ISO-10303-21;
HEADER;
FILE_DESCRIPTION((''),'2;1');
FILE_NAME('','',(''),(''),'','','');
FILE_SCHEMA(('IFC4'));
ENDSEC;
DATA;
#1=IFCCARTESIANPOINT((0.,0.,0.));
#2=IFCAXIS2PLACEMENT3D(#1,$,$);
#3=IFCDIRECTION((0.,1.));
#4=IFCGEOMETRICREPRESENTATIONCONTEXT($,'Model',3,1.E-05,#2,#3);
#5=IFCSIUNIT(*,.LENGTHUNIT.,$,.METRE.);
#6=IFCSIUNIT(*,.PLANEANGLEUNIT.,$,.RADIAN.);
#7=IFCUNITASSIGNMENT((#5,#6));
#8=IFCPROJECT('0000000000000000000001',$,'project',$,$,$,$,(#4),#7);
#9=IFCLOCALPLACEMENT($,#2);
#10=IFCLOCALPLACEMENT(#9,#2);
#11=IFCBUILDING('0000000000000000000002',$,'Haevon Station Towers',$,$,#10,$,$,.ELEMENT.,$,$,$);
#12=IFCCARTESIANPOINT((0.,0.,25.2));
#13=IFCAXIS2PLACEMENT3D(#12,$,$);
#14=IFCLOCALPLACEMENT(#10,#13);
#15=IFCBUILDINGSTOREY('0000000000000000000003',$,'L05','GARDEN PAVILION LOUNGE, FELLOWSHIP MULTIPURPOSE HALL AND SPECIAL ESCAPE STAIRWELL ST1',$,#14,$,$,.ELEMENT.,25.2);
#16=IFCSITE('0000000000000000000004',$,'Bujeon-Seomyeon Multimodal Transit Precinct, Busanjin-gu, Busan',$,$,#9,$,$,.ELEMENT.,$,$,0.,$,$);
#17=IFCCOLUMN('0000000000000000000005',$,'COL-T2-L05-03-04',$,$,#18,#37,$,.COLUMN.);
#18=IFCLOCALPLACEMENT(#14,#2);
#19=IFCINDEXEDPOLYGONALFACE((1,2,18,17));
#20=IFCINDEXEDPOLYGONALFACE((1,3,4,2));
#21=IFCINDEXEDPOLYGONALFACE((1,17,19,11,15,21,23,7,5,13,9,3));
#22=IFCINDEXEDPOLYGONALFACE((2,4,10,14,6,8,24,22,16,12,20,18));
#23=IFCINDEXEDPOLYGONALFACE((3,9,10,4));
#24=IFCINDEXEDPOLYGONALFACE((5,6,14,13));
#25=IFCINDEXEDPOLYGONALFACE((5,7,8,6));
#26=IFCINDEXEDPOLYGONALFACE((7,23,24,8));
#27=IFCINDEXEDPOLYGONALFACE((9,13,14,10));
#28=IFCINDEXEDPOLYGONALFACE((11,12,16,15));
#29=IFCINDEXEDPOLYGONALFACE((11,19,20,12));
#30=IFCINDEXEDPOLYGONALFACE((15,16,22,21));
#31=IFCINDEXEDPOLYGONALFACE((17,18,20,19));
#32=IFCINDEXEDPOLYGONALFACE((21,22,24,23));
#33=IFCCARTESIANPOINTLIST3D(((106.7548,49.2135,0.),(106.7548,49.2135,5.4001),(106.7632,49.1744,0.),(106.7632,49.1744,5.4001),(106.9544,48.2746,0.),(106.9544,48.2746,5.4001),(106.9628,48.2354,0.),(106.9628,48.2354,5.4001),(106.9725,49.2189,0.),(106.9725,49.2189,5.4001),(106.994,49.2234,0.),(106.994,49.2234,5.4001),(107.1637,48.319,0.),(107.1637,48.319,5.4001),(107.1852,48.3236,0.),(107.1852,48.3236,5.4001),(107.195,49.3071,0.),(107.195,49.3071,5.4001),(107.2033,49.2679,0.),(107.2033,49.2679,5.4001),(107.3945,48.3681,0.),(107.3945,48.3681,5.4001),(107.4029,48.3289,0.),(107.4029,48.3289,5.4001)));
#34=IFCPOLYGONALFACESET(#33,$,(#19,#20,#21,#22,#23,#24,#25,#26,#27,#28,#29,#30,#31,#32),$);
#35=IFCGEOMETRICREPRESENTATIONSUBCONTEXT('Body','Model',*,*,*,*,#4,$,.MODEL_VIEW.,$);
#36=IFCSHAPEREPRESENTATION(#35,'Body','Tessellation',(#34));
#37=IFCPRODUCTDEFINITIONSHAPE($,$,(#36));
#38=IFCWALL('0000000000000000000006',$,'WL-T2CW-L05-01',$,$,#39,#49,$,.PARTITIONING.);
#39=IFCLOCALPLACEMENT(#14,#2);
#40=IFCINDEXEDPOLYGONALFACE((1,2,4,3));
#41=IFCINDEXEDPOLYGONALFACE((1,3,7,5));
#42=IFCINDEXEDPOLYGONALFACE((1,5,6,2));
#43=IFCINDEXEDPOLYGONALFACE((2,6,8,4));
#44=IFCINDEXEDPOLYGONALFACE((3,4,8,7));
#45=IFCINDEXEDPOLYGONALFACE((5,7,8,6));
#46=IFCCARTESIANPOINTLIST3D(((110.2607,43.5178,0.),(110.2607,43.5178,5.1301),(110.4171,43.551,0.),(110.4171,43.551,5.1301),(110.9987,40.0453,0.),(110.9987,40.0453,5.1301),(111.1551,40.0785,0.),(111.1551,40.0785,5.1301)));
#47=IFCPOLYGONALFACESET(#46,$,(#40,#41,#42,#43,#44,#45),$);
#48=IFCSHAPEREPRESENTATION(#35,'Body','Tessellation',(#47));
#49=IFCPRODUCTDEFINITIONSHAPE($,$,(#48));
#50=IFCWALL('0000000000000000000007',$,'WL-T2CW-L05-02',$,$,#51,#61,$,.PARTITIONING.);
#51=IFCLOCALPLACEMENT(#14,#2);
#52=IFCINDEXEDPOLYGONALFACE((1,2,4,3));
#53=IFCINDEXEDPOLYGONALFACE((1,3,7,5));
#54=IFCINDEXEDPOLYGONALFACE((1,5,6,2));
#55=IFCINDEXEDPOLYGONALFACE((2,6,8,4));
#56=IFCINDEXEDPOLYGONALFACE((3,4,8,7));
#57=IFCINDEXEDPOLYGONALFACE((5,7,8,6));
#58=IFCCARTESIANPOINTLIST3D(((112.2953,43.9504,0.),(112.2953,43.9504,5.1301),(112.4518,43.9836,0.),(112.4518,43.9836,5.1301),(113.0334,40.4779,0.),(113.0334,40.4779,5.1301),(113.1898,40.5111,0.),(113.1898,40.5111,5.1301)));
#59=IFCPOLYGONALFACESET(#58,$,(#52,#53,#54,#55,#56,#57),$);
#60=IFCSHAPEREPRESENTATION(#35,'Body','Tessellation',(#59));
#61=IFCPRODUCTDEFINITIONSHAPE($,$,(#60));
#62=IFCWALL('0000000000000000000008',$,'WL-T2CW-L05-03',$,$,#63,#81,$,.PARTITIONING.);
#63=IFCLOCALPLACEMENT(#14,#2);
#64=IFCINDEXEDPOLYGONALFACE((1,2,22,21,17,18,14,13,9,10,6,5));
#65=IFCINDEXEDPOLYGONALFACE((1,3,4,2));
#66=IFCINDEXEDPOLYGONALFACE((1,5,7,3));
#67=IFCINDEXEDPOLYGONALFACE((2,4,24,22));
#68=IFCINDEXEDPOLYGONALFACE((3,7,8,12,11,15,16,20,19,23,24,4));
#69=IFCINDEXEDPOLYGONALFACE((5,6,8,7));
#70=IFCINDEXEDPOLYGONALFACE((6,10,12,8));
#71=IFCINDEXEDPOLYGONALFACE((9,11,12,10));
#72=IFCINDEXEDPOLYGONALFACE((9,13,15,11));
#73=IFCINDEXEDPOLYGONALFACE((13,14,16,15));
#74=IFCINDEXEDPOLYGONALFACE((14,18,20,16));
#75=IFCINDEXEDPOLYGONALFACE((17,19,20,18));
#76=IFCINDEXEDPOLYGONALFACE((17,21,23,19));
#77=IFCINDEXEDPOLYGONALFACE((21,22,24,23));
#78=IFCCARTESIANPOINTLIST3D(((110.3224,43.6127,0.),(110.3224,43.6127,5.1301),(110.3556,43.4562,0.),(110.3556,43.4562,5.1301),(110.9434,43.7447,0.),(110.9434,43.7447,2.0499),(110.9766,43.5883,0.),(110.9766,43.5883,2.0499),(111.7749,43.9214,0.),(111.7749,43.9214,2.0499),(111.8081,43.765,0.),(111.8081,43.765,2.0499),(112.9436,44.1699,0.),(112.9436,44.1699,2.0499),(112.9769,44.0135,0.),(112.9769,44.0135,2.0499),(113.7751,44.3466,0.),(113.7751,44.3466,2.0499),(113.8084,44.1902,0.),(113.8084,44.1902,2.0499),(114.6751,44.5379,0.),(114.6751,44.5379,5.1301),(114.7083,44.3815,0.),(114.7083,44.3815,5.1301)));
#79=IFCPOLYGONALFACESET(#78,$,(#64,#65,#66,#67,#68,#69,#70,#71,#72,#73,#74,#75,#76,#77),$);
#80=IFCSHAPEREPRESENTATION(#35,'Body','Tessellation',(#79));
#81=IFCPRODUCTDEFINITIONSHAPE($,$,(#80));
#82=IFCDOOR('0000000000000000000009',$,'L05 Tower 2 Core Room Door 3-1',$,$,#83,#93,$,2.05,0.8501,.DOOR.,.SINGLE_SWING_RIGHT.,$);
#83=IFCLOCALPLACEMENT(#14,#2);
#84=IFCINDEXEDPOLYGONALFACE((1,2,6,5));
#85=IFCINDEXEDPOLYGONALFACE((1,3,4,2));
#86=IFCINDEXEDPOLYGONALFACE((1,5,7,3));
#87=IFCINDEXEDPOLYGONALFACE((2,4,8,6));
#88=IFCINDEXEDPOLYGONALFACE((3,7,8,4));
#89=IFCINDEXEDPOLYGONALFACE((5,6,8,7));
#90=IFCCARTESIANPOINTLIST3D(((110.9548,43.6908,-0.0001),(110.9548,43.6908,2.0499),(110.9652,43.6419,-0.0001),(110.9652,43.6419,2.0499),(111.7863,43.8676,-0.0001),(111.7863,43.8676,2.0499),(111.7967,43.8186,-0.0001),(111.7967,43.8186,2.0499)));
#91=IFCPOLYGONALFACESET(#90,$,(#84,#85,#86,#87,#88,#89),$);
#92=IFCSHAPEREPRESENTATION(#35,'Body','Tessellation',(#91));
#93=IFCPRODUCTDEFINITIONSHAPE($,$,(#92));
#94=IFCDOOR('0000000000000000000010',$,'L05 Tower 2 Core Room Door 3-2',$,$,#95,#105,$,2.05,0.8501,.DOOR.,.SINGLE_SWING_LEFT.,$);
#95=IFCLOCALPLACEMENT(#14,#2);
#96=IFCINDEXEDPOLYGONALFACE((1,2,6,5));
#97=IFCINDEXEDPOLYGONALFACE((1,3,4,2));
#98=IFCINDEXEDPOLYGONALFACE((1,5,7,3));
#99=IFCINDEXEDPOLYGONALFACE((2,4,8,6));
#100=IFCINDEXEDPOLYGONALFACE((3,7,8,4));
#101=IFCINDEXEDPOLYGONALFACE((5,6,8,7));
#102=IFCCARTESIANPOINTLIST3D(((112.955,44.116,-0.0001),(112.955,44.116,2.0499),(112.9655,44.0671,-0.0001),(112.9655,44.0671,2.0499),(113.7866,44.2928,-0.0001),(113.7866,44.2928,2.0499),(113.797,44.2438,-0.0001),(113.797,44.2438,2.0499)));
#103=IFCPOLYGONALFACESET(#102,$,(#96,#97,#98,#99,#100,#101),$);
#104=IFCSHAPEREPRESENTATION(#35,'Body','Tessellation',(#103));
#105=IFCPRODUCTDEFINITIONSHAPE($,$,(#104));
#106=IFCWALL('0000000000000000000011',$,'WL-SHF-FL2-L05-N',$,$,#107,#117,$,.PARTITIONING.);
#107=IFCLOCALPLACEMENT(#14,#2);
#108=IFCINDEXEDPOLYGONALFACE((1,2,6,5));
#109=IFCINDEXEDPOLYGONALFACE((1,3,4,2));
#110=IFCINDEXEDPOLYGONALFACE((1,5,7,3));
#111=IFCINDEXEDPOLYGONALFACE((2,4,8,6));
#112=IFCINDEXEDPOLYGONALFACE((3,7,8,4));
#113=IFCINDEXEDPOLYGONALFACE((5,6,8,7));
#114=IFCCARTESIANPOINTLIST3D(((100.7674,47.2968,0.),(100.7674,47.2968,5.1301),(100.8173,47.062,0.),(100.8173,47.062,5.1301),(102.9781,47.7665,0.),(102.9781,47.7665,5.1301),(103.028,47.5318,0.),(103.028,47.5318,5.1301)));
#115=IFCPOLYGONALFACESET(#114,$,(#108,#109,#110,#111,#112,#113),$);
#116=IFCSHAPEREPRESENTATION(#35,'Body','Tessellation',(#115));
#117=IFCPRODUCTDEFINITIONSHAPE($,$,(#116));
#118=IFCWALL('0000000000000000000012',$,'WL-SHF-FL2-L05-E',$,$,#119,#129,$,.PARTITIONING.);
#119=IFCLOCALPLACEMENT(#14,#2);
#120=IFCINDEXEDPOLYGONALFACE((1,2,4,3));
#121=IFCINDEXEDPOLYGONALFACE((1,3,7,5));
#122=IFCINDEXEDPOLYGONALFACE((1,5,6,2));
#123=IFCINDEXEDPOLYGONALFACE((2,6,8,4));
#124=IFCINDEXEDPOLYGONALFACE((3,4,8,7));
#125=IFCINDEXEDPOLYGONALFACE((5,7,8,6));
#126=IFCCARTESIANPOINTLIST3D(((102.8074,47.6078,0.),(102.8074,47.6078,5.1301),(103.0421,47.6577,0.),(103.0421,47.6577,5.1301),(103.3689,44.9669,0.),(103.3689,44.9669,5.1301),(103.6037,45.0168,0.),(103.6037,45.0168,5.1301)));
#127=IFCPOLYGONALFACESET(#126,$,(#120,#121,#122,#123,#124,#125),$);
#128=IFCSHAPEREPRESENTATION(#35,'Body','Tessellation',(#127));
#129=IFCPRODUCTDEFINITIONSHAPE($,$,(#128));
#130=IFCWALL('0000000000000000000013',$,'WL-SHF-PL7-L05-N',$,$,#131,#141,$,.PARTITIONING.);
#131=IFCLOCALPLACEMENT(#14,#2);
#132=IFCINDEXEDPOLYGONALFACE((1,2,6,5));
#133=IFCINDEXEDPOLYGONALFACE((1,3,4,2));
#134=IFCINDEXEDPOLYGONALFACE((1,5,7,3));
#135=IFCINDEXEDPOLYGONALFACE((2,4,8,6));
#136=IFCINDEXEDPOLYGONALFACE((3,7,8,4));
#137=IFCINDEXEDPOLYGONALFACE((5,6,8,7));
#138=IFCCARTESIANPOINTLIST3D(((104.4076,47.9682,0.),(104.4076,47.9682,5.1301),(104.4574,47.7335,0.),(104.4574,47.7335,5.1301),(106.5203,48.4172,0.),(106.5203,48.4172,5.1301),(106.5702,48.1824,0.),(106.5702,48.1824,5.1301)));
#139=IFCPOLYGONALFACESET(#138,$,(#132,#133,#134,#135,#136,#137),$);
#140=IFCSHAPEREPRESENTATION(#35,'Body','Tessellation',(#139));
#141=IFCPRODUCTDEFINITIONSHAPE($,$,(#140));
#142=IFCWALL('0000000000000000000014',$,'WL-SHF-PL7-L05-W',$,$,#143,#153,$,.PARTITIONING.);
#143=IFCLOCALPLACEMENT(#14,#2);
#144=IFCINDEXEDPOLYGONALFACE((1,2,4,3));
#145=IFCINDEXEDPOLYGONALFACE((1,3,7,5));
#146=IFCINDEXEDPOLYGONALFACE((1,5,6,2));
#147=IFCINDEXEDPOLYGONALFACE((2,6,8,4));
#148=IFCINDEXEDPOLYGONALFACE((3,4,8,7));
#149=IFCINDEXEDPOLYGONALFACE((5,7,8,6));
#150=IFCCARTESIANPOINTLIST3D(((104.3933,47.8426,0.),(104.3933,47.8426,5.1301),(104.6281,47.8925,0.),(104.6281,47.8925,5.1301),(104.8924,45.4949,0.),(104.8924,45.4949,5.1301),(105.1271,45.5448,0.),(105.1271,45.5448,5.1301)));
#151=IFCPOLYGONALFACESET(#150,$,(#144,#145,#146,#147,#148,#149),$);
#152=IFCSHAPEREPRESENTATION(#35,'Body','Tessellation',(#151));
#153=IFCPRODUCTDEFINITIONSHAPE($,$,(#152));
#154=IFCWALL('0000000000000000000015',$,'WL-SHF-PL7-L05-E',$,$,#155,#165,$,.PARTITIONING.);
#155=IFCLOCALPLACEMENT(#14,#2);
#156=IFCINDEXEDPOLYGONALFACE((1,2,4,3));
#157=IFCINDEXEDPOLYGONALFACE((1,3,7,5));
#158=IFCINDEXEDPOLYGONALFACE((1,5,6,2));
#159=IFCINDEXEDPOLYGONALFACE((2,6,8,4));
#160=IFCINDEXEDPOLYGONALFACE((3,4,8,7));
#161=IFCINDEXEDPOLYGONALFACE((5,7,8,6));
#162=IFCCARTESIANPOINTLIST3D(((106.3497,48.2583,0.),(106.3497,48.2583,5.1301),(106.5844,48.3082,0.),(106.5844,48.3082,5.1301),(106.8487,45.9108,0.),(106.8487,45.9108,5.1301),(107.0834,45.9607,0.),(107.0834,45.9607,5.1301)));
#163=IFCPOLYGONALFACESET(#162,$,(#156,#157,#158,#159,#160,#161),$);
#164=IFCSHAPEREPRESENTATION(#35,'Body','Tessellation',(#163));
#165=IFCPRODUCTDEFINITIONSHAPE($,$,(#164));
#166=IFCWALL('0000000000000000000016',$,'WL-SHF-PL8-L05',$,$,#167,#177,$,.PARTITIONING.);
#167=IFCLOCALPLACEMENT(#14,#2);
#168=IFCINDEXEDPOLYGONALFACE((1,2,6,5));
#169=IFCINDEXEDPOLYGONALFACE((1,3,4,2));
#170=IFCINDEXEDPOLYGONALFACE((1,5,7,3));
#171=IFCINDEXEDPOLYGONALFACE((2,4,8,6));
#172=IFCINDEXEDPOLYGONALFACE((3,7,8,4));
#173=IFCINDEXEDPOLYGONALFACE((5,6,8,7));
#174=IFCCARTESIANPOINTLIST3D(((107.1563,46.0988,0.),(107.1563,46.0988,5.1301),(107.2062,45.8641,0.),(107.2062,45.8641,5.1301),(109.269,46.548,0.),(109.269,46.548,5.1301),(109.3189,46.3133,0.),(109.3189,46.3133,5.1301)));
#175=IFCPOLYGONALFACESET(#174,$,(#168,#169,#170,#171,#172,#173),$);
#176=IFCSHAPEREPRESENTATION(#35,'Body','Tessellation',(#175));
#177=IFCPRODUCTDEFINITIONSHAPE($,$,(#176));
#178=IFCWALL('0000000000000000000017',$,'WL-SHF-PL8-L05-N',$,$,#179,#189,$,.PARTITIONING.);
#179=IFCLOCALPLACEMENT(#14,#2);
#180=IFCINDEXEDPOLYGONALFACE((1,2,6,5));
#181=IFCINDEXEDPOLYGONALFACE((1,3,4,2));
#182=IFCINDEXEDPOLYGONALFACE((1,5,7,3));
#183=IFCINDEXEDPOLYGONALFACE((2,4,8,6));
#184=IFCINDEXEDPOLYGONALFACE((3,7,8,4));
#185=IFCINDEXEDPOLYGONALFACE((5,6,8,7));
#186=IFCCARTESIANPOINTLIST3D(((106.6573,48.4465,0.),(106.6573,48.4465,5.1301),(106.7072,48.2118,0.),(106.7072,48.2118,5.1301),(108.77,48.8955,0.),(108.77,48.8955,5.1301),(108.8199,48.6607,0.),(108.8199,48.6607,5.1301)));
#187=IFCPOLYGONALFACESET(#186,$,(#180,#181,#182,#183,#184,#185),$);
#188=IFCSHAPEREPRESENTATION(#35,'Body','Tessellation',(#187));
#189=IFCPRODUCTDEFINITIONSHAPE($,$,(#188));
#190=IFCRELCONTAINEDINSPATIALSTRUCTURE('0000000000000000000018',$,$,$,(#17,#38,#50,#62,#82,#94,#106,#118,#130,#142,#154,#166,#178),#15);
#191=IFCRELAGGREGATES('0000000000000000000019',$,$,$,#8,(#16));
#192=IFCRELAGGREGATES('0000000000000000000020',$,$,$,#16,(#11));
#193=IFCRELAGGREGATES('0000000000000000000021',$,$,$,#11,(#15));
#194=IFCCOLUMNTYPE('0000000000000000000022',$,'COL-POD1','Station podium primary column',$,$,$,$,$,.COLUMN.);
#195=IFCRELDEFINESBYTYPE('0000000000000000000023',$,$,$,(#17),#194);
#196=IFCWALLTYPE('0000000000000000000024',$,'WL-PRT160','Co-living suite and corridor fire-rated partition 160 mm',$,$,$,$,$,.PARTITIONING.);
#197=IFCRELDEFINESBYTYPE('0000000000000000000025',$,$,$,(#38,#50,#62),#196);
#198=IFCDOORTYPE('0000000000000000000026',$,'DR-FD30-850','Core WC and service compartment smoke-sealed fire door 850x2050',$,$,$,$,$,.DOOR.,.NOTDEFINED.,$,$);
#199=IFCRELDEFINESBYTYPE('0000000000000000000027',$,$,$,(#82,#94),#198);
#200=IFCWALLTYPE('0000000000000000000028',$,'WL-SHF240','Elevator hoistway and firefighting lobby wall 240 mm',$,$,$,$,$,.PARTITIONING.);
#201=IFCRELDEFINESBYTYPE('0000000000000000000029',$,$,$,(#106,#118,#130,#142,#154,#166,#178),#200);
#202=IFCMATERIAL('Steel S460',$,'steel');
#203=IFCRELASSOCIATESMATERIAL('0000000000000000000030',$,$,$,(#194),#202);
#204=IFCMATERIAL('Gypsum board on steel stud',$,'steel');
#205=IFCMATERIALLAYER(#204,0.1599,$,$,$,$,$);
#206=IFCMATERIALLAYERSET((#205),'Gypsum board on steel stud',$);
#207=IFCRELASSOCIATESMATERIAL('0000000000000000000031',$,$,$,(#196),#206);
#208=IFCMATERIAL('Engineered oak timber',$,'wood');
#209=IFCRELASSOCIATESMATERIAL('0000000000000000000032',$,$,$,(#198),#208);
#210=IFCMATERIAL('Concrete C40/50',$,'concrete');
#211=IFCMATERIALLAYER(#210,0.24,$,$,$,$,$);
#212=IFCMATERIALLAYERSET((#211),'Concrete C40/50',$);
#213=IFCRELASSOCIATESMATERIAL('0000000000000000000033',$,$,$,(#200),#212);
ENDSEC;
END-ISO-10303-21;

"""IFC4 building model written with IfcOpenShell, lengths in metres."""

from ifc_helpers import new_model, si_unit, direction, frame, frame_2d, origin, origin_2d, place, context, subcontext, project, spatial, rectangle, i_section, extrude, material, layer, layer_set, material_profile, profile_set, type_object, element, fill, save


model = new_model("IFC4")

# Units and contexts
model_context = context("Model", 3, precision=1e-05, world=origin(), true_north=direction((0.0, 1.0)))
body_context = subcontext(model_context, "Body", "Model", "MODEL_VIEW")
ifc_project = project(units=[si_unit("LENGTHUNIT", "METRE"), si_unit("PLANEANGLEUNIT", "RADIAN")], contexts=[model_context])

# Site, building, storey
site_placement = place(None, origin())
site = spatial("IfcSite", under=ifc_project, at=site_placement, Name="Bujeon-Seomyeon Multimodal Transit Precinct, Busanjin-gu, Busan", CompositionType="ELEMENT", RefElevation=0.0)
building_placement = place(site_placement, origin())
building = spatial("IfcBuilding", under=site, at=building_placement, Name="Haevon Station Towers", CompositionType="ELEMENT")
storey_placement = place(building_placement, frame((0.0, 0.0, 25.2)))
storey = spatial("IfcBuildingStorey", under=building, at=storey_placement, Name="L05", Description="GARDEN PAVILION LOUNGE, FELLOWSHIP MULTIPURPOSE HALL AND SPECIAL ESCAPE STAIRWELL ST1", CompositionType="ELEMENT", Elevation=25.2)

# Column
ifc_material_1 = material(Name="Steel S460", Category="steel")
ifc_material_profile = material_profile(ifc_material_1, i_section(OverallWidth=0.45, OverallDepth=1.0, WebThickness=0.022, FlangeThickness=0.04, at=origin_2d()), Name="H-1000x450x22x40")
ifc_profile_set = profile_set([ifc_material_profile], Name="Steel S460")
column_type = type_object("IfcColumnType", Name="COL-POD1", Description="Station podium primary column", PredefinedType="COLUMN", material=ifc_profile_set)
column_placement = place(storey_placement, frame((107.0789, 48.7712, 0.0), z_axis=(0.0, 0.0, 1.0), x_axis=(0.978148, 0.207912, 0.0)))
element("IfcColumn", 1, at=column_placement, inside=storey, type_object=column_type, Name="COL-T2-L05-03-04", PredefinedType="COLUMN", context=body_context, shape_type="SweptSolid", body=[
    extrude(i_section(OverallWidth=0.45, OverallDepth=1.0, WebThickness=0.022, FlangeThickness=0.04, at=origin_2d()), origin(), (0.0, 0.0, 1.0), 5.4001),
])

# Walls
ifc_material_2 = material(Name="Gypsum board on steel stud", Category="steel")
ifc_layer_1 = layer(ifc_material_2, 0.1599)
ifc_layer_set_1 = layer_set([ifc_layer_1], Name="Gypsum board on steel stud")
wall_type_1 = type_object("IfcWallType", Name="WL-PRT160", Description="Co-living suite and corridor fire-rated partition 160 mm", PredefinedType="PARTITIONING", material=ifc_layer_set_1)
for number, where, z_axis, x_axis, name in (
    (2, (111.0769, 40.062, 0.0), (0.0, 0.0, 1.0), (-0.207899, 0.97815, 0.0), "WL-T2CW-L05-01"),
    (3, (113.1116, 40.4946, 0.0), (0.0, 0.0, 1.0), (-0.207899, 0.97815, 0.0), "WL-T2CW-L05-02"),
):
    element("IfcWall", number, at=place(storey_placement, frame(where, z_axis=z_axis, x_axis=x_axis)), inside=storey, type_object=wall_type_1, Name=name, PredefinedType="PARTITIONING", context=body_context, shape_type="SweptSolid", body=[
        extrude(rectangle(XDim=3.55, YDim=0.1599, at=frame_2d((1.7749, 0.0))), origin(), (0.0, 0.0, 1.0), 5.1301),
    ])

# Wall, openings, doors
wall_1_placement = place(storey_placement, frame((110.3389, 43.5344, 0.0), z_axis=(0.0, 0.0, 1.0), x_axis=(0.978144, 0.207929, 0.0)))
wall_1 = element("IfcWall", 4, at=wall_1_placement, inside=storey, type_object=wall_type_1, Name="WL-T2CW-L05-03", PredefinedType="PARTITIONING", context=body_context, shape_type="SweptSolid", body=[
    extrude(rectangle(XDim=4.45, YDim=0.1599, at=frame_2d((2.2251, 0.0))), origin(), (0.0, 0.0, 1.0), 5.1301),
])
opening_1_placement = place(wall_1_placement, frame((0.635, 0.0, 0.0)))
opening_1 = element("IfcOpeningElement", 5, at=opening_1_placement, cuts=wall_1, PredefinedType="OPENING", context=body_context, shape_type="SweptSolid", body=[
    extrude(rectangle(XDim=0.8501, YDim=2.05, at=frame_2d((0.425, 1.0249))), frame((0.0, 0.0898, 0.0), z_axis=(0.0, -1.0, 0.0), x_axis=(1.0, 0.0, 0.0)), (0.0, 0.0, 1.0), 0.1799),
])
opening_2_placement = place(wall_1_placement, frame((2.6799, 0.0, 0.0)))
opening_2 = element("IfcOpeningElement", 6, at=opening_2_placement, cuts=wall_1, PredefinedType="OPENING", context=body_context, shape_type="SweptSolid", body=[
    extrude(rectangle(XDim=0.8501, YDim=2.05, at=frame_2d((0.425, 1.0249))), frame((0.0, 0.0898, 0.0), z_axis=(0.0, -1.0, 0.0), x_axis=(1.0, 0.0, 0.0)), (0.0, 0.0, 1.0), 0.1799),
])
ifc_material_3 = material(Name="Engineered oak timber", Category="wood")
door_type_1 = type_object("IfcDoorType", Name="DR-FD30-850", Description="Core WC and service compartment smoke-sealed fire door 850x2050", OperationType="NOTDEFINED", PredefinedType="DOOR", material=ifc_material_3)
door_1_placement = place(opening_1_placement, origin())
door_1 = element("IfcDoor", 7, at=door_1_placement, inside=storey, type_object=door_type_1, Name="L05 Tower 2 Core Room Door 3-1", OperationType="SINGLE_SWING_RIGHT", OverallHeight=2.05, OverallWidth=0.8501, PredefinedType="DOOR", context=body_context, shape_type="SweptSolid", body=[
    extrude(rectangle(XDim=0.8501, YDim=2.05, at=frame_2d((0.425, 1.0249))), frame((0.0, 0.0249, 0.0), z_axis=(0.0, -1.0, 0.0), x_axis=(1.0, 0.0, 0.0)), (0.0, 0.0, 1.0), 0.05),
])
fill(opening_1, door_1)
door_2_placement = place(opening_2_placement, origin())
door_2 = element("IfcDoor", 8, at=door_2_placement, inside=storey, type_object=door_type_1, Name="L05 Tower 2 Core Room Door 3-2", OperationType="SINGLE_SWING_LEFT", OverallHeight=2.05, OverallWidth=0.8501, PredefinedType="DOOR", context=body_context, shape_type="SweptSolid", body=[
    extrude(rectangle(XDim=0.8501, YDim=2.05, at=frame_2d((0.425, 1.0249))), frame((0.0, 0.0249, 0.0), z_axis=(0.0, -1.0, 0.0), x_axis=(1.0, 0.0, 0.0)), (0.0, 0.0, 1.0), 0.05),
])
fill(opening_2, door_2)

# Shared definitions
ifc_material_4 = material(Name="Concrete C40/50", Category="concrete")
ifc_layer_2 = layer(ifc_material_4, 0.24)
ifc_layer_set_2 = layer_set([ifc_layer_2], Name="Concrete C40/50")
wall_type_2 = type_object("IfcWallType", Name="WL-SHF240", Description="Elevator hoistway and firefighting lobby wall 240 mm", PredefinedType="PARTITIONING", material=ifc_layer_set_2)

# Walls
wall_2_placement = place(storey_placement, frame((100.7925, 47.1794, 0.0), z_axis=(0.0, 0.0, 1.0), x_axis=(0.978163, 0.207839, 0.0)))
element("IfcWall", 9, at=wall_2_placement, inside=storey, type_object=wall_type_2, Name="WL-SHF-FL2-L05-N", PredefinedType="PARTITIONING", context=body_context, shape_type="SweptSolid", body=[
    extrude(rectangle(XDim=2.26, YDim=0.24, at=frame_2d((1.1299, 0.0))), origin(), (0.0, 0.0, 1.0), 5.1301),
])
wall_3_placement = place(storey_placement, frame((103.4863, 44.9917, 0.0), z_axis=(0.0, 0.0, 1.0), x_axis=(-0.207979, 0.978133, 0.0)))
element("IfcWall", 10, at=wall_3_placement, inside=storey, type_object=wall_type_2, Name="WL-SHF-FL2-L05-E", PredefinedType="PARTITIONING", context=body_context, shape_type="SweptSolid", body=[
    extrude(rectangle(XDim=2.7, YDim=0.24, at=frame_2d((1.3501, 0.0))), origin(), (0.0, 0.0, 1.0), 5.1301),
])

# Walls
wall_4_placement = place(storey_placement, frame((104.4324, 47.8508, 0.0), z_axis=(0.0, 0.0, 1.0), x_axis=(0.978158, 0.207861, 0.0)))
element("IfcWall", 11, at=wall_4_placement, inside=storey, type_object=wall_type_2, Name="WL-SHF-PL7-L05-N", PredefinedType="PARTITIONING", context=body_context, shape_type="SweptSolid", body=[
    extrude(rectangle(XDim=2.1599, YDim=0.24, at=frame_2d((1.0801, 0.0))), origin(), (0.0, 0.0, 1.0), 5.1301),
])
wall_5_placement = place(storey_placement, frame((105.0098, 45.5198, 0.0), z_axis=(0.0, 0.0, 1.0), x_axis=(-0.207917, 0.978146, 0.0)))
element("IfcWall", 12, at=wall_5_placement, inside=storey, type_object=wall_type_2, Name="WL-SHF-PL7-L05-W", PredefinedType="PARTITIONING", context=body_context, shape_type="SweptSolid", body=[
    extrude(rectangle(XDim=2.4001, YDim=0.24, at=frame_2d((1.2002, 0.0))), origin(), (0.0, 0.0, 1.0), 5.1301),
])
wall_6_placement = place(storey_placement, frame((106.9661, 45.9358, 0.0), z_axis=(0.0, 0.0, 1.0), x_axis=(-0.207938, 0.978142, 0.0)))
element("IfcWall", 13, at=wall_6_placement, inside=storey, type_object=wall_type_2, Name="WL-SHF-PL7-L05-E", PredefinedType="PARTITIONING", context=body_context, shape_type="SweptSolid", body=[
    extrude(rectangle(XDim=2.3999, YDim=0.24, at=frame_2d((1.2, 0.0))), origin(), (0.0, 0.0, 1.0), 5.1301),
])
for number, where, z_axis, x_axis, name in (
    (14, (107.1812, 45.9814, 0.0), (0.0, 0.0, 1.0), (0.978135, 0.20797, 0.0), "WL-SHF-PL8-L05"),
    (15, (106.6821, 48.3291, 0.0), (0.0, 0.0, 1.0), (0.978158, 0.207861, 0.0), "WL-SHF-PL8-L05-N"),
):
    element("IfcWall", number, at=place(storey_placement, frame(where, z_axis=z_axis, x_axis=x_axis)), inside=storey, type_object=wall_type_2, Name=name, PredefinedType="PARTITIONING", context=body_context, shape_type="SweptSolid", body=[
        extrude(rectangle(XDim=2.1599, YDim=0.24, at=frame_2d((1.0801, 0.0))), origin(), (0.0, 0.0, 1.0), 5.1301),
    ])

save(model, "model.ifc")
